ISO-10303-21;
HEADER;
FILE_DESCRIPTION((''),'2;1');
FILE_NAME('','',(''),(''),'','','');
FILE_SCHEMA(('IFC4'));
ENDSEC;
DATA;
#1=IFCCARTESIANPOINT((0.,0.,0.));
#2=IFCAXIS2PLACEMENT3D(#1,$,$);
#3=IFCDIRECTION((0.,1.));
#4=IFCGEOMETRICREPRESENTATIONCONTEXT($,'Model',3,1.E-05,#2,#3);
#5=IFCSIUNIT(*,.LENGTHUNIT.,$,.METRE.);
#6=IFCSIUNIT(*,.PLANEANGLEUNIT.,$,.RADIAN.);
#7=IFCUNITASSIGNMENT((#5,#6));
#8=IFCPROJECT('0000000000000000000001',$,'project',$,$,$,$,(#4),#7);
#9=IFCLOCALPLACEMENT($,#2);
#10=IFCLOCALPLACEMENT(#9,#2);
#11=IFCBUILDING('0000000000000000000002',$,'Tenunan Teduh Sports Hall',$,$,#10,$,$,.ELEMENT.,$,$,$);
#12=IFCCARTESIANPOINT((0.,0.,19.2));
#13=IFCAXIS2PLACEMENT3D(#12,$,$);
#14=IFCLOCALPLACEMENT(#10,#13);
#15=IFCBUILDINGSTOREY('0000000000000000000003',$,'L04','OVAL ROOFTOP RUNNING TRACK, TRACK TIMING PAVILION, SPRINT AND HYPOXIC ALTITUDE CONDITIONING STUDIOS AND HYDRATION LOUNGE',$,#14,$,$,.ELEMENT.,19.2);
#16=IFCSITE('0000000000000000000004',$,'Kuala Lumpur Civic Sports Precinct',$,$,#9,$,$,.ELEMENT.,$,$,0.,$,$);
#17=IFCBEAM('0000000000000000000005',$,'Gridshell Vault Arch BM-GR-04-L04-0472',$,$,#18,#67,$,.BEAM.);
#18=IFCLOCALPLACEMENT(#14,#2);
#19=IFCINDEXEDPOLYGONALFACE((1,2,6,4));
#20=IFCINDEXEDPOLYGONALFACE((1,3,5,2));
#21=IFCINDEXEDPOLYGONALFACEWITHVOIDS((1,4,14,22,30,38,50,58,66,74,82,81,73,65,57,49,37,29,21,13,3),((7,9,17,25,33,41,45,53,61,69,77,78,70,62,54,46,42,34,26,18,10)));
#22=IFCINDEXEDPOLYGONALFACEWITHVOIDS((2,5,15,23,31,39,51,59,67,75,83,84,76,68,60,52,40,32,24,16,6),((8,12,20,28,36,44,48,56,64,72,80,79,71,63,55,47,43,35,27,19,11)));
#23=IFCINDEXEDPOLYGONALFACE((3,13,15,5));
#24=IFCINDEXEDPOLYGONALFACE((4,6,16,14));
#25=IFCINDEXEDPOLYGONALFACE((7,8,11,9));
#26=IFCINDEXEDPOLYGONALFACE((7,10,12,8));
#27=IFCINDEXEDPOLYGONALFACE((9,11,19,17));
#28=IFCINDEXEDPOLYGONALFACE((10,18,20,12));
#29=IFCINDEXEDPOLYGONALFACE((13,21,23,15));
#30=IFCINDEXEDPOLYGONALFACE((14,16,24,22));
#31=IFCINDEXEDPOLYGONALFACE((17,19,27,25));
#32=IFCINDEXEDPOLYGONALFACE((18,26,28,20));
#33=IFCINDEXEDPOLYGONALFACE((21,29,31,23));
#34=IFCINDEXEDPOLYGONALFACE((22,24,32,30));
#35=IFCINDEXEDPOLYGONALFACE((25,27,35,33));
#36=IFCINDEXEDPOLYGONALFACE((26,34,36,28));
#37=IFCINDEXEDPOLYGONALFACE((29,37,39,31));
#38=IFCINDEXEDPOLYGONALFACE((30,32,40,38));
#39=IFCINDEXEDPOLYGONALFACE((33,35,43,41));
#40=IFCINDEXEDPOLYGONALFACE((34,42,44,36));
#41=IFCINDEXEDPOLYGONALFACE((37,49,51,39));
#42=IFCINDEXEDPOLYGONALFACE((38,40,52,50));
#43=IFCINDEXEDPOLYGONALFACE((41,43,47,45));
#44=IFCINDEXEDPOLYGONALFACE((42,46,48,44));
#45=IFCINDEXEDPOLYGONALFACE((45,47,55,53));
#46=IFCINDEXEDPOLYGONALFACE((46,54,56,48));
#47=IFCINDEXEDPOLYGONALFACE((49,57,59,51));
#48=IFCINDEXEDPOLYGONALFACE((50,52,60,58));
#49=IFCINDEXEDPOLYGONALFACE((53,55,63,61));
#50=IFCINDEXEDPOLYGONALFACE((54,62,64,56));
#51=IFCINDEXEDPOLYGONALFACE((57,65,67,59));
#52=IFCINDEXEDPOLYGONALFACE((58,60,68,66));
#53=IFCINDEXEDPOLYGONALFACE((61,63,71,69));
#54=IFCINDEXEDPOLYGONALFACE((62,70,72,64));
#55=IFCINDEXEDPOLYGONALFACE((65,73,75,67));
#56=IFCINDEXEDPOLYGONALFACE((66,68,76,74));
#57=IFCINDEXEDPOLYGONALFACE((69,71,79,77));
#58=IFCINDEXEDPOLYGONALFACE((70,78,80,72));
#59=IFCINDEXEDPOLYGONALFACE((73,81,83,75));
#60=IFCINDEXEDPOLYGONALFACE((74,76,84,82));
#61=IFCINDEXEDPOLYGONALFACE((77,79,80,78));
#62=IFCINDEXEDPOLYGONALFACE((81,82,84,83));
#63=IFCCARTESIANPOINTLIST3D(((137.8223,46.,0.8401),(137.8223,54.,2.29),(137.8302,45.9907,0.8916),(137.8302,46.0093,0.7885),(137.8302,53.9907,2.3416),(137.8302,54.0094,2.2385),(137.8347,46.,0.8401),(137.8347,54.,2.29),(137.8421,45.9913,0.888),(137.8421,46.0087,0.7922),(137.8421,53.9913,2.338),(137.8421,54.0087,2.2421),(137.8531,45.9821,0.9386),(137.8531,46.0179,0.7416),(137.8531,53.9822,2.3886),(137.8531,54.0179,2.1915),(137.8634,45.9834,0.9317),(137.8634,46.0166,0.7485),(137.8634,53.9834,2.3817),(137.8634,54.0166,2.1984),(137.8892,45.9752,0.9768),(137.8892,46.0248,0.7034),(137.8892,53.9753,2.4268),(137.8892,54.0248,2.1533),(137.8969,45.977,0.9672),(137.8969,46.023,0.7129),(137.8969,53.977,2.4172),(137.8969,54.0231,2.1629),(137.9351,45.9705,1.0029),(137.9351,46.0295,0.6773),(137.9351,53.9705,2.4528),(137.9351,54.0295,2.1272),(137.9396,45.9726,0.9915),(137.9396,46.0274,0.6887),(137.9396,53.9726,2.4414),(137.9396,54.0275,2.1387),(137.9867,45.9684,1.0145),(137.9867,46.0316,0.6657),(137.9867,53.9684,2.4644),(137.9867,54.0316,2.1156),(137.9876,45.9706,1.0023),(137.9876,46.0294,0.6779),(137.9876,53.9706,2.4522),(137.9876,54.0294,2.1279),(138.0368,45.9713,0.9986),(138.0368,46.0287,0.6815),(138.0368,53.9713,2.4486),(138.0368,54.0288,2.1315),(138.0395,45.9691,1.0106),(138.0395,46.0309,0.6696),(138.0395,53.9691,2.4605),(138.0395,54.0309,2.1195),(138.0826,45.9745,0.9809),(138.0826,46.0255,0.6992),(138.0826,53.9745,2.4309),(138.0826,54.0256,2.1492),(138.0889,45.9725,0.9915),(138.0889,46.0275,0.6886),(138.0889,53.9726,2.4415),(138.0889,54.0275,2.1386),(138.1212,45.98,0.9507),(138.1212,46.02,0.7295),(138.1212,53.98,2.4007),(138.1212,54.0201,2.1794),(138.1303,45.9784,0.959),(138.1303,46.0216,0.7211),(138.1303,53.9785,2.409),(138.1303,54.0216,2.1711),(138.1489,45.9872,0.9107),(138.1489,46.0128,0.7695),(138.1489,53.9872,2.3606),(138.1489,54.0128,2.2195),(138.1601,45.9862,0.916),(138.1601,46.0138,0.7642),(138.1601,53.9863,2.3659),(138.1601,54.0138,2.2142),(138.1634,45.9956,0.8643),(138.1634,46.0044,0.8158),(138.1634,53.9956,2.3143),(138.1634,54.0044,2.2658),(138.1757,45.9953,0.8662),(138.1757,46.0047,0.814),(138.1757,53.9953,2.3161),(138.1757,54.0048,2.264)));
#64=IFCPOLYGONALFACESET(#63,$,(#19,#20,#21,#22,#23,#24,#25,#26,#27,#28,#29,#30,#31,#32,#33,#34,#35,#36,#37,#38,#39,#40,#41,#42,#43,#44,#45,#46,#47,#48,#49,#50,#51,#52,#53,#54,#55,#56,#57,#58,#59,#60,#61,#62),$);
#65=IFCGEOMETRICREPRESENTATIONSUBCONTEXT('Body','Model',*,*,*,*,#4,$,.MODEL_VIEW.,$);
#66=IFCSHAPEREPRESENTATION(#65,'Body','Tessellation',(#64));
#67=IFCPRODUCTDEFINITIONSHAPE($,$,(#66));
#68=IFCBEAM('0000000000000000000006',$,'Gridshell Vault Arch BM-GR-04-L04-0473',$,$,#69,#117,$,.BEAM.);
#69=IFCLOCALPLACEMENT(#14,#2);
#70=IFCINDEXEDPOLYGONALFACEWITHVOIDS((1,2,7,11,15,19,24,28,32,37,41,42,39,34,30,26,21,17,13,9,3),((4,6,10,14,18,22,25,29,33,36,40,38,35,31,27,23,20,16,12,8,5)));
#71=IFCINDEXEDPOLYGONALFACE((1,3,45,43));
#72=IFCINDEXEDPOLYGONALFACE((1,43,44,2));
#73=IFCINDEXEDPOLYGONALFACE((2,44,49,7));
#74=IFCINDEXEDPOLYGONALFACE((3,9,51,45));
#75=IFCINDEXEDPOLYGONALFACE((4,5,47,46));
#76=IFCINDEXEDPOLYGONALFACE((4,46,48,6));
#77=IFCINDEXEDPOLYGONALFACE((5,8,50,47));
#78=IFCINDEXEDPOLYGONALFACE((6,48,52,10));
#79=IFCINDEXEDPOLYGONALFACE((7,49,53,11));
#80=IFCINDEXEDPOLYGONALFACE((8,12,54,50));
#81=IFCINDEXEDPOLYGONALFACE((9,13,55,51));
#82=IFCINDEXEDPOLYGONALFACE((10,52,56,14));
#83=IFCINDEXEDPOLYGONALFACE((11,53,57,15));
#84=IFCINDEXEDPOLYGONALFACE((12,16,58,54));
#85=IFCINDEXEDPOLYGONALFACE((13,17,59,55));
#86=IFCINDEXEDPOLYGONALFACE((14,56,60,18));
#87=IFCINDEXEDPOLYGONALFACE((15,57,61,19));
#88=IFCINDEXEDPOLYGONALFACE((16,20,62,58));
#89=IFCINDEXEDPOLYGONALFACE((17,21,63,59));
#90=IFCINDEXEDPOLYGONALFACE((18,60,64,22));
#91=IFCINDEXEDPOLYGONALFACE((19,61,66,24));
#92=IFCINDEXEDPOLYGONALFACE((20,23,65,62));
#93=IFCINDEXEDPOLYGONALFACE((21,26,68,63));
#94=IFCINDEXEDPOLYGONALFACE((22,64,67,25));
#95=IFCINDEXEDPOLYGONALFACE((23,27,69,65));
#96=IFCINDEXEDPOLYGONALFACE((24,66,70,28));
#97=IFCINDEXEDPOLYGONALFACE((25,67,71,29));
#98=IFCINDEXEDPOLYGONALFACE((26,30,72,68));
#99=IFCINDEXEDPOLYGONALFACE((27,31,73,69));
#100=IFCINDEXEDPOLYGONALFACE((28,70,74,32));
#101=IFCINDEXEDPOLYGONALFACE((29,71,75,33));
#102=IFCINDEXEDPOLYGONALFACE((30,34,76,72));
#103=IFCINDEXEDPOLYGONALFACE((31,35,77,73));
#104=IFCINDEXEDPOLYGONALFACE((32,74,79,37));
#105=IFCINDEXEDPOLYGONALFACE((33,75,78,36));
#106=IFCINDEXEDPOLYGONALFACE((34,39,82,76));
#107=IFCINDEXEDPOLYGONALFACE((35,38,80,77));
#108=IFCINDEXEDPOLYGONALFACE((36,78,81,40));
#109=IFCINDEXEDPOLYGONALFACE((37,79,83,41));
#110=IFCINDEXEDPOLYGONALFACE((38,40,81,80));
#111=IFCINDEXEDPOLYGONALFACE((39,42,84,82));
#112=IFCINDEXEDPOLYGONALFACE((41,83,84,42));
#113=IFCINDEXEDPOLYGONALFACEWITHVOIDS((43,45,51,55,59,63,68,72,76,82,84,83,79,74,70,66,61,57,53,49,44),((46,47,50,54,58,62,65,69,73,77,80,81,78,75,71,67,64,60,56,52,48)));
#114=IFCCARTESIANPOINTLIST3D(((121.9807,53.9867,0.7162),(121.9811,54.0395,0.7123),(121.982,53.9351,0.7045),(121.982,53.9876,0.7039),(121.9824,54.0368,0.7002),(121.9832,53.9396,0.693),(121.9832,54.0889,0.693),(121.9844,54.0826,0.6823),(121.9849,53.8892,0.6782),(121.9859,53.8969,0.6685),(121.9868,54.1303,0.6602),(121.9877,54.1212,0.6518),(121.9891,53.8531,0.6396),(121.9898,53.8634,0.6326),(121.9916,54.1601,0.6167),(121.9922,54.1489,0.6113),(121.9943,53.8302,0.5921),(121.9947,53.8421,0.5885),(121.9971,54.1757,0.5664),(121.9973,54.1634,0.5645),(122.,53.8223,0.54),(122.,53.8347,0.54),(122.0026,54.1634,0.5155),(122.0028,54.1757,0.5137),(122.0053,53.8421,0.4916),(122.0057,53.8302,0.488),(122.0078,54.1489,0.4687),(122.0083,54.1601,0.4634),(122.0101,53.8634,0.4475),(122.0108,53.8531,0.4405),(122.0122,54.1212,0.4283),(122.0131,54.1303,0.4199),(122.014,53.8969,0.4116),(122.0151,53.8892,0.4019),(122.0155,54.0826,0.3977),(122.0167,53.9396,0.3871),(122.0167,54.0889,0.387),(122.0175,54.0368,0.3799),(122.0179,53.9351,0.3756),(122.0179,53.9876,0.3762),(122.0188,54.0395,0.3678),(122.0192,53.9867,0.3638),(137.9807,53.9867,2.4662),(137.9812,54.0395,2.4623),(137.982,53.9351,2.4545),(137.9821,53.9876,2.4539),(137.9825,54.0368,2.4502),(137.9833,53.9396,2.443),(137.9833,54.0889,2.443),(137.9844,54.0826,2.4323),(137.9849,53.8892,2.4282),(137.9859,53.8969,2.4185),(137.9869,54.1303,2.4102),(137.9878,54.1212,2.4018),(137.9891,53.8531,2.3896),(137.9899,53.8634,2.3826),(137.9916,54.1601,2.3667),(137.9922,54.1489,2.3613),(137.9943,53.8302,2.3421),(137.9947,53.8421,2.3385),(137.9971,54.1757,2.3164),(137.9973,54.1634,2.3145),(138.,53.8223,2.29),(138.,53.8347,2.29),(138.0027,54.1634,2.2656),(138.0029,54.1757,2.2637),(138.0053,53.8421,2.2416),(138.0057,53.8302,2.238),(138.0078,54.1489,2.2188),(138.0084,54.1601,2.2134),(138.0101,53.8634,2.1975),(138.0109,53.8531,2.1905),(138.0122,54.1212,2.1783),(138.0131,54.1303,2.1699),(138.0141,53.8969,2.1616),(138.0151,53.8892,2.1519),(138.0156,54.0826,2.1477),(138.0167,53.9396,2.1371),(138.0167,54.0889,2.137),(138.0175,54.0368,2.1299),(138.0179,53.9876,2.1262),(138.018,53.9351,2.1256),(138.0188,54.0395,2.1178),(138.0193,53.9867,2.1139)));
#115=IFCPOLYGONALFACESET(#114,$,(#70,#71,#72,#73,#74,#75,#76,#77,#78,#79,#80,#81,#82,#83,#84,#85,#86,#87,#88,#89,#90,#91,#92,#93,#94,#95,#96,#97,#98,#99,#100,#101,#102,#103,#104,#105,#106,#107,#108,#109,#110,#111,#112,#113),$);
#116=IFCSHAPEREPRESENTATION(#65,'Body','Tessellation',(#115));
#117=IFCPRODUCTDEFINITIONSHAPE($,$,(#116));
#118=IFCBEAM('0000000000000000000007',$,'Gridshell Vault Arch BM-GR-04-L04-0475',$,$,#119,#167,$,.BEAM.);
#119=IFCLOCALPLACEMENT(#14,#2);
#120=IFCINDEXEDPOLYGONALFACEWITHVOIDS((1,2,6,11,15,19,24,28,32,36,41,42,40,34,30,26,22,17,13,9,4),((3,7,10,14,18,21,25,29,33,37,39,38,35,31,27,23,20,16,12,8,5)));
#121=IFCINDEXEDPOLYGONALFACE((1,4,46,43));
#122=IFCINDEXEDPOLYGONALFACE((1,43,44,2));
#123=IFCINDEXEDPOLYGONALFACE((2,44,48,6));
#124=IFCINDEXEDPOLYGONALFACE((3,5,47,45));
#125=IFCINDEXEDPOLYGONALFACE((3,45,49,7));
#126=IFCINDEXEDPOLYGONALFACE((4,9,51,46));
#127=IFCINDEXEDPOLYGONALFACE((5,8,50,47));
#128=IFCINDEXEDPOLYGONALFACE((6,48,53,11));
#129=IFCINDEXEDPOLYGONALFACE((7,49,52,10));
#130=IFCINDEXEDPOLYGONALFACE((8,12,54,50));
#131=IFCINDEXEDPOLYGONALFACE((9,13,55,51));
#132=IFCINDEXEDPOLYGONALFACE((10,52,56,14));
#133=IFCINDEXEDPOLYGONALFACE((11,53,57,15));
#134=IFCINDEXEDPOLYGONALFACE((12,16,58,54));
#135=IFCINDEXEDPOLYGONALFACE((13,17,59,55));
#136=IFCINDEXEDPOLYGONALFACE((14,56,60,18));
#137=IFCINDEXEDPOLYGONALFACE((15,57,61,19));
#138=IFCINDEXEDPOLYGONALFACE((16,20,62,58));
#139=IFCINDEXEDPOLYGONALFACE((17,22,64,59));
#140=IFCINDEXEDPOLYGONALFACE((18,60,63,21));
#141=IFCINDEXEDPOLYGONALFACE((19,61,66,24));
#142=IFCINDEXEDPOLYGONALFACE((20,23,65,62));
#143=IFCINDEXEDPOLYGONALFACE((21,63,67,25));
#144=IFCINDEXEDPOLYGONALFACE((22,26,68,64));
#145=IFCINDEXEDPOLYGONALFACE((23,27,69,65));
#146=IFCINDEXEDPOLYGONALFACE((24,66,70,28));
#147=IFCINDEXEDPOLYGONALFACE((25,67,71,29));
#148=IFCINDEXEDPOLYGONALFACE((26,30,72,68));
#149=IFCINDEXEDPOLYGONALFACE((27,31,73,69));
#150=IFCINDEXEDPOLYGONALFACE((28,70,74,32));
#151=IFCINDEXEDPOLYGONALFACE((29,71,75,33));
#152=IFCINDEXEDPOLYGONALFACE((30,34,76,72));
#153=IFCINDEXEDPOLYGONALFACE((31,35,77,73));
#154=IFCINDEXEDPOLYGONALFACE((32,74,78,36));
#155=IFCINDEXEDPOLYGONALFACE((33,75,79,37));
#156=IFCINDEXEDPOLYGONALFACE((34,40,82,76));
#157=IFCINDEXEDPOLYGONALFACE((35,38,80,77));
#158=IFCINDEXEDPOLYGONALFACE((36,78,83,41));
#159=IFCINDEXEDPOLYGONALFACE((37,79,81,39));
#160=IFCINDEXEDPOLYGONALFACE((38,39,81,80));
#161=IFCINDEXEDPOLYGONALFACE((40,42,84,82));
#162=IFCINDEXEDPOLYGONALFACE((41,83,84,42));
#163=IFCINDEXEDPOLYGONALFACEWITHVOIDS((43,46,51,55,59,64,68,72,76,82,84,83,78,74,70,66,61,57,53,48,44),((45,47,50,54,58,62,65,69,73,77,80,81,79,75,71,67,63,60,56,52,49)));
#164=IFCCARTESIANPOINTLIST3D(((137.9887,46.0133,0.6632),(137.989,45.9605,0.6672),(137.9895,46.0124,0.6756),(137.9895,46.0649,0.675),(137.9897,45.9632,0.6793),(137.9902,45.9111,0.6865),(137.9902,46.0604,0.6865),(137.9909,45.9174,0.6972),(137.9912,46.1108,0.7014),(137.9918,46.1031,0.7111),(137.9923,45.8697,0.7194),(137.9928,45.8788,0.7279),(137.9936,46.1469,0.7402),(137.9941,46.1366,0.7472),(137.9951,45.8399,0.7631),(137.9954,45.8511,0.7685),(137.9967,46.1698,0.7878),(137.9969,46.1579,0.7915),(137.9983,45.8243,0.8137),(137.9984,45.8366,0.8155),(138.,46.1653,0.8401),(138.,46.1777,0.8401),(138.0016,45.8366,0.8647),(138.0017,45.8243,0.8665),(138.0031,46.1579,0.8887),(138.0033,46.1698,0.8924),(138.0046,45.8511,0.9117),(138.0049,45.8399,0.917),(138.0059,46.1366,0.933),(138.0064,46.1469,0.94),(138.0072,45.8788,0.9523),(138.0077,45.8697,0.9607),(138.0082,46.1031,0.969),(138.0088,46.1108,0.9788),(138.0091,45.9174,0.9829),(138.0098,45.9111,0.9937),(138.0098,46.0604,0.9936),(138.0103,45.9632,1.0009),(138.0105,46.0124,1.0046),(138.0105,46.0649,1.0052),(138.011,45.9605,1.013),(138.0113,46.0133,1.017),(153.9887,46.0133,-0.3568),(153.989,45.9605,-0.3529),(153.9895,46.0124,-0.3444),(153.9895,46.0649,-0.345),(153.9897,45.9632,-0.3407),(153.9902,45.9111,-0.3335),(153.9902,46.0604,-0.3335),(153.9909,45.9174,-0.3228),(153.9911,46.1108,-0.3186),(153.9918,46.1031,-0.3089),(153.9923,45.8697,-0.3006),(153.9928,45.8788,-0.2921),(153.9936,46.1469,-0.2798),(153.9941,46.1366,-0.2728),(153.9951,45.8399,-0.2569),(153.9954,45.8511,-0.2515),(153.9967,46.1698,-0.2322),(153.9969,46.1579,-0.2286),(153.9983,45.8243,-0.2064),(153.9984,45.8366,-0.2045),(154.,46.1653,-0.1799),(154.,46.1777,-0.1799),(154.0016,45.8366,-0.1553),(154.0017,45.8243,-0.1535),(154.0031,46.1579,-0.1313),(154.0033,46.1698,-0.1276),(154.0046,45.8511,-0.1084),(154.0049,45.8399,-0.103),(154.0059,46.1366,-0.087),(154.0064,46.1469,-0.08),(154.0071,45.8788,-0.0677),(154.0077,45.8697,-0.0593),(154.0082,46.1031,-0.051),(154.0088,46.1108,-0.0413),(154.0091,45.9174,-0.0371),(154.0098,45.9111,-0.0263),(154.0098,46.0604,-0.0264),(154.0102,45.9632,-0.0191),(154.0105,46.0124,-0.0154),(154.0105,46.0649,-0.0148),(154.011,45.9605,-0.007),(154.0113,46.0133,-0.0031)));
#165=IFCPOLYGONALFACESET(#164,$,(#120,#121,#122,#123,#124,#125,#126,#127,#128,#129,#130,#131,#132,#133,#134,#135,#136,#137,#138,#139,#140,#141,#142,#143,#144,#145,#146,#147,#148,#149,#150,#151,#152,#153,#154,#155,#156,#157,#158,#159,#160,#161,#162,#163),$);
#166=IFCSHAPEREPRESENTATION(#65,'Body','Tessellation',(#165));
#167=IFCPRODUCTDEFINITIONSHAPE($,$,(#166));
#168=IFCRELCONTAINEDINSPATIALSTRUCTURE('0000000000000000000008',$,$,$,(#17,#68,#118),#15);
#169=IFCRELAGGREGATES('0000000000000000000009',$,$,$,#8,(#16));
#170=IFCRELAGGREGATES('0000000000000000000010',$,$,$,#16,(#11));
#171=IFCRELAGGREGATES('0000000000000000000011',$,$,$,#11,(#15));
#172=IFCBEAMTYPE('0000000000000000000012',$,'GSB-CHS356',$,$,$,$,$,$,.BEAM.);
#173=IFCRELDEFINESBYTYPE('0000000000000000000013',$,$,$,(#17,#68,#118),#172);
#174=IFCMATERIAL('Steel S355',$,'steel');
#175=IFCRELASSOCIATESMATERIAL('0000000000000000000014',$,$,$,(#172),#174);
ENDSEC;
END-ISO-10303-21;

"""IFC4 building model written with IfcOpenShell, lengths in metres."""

from ifc_helpers import new_model, si_unit, direction, frame, origin, origin_2d, place, context, subcontext, project, spatial, hollow_circle, extrude, material, material_profile, profile_set, type_object, element, save


model = new_model("IFC4")

# Units and contexts
model_context = context("Model", 3, precision=1e-05, world=origin(), true_north=direction((0.0, 1.0)))
body_context = subcontext(model_context, "Body", "Model", "MODEL_VIEW")
ifc_project = project(units=[si_unit("LENGTHUNIT", "METRE"), si_unit("PLANEANGLEUNIT", "RADIAN")], contexts=[model_context])

# Site, building, storey
site_placement = place(None, origin())
site = spatial("IfcSite", under=ifc_project, at=site_placement, Name="Kuala Lumpur Civic Sports Precinct", CompositionType="ELEMENT", RefElevation=0.0)
building_placement = place(site_placement, origin())
building = spatial("IfcBuilding", under=site, at=building_placement, Name="Tenunan Teduh Sports Hall", CompositionType="ELEMENT")
storey_placement = place(building_placement, frame((0.0, 0.0, 19.2)))
storey = spatial("IfcBuildingStorey", under=building, at=storey_placement, Name="L04", Description="OVAL ROOFTOP RUNNING TRACK, TRACK TIMING PAVILION, SPRINT AND HYPOXIC ALTITUDE CONDITIONING STUDIOS AND HYDRATION LOUNGE", CompositionType="ELEMENT", Elevation=19.2)

# Beams
ifc_material_1 = material(Name="Steel S355", Category="steel")
ifc_material_profile_1 = material_profile(ifc_material_1, hollow_circle(Radius=0.1777, WallThickness=0.0125, at=origin_2d()), Name="CHS 355.6x12.5")
ifc_profile_set_1 = profile_set([ifc_material_profile_1], Name="Steel S355")
beam_type_1 = type_object("IfcBeamType", Name="GSB-CHS356", PredefinedType="BEAM", material=ifc_profile_set_1)
beam_1_placement = place(storey_placement, frame((138.0, 46.0, 0.8401), z_axis=(0.0, 0.983969, 0.178338), x_axis=(-1.0, 0.0, 0.0)))
element("IfcBeam", 1, at=beam_1_placement, inside=storey, type_object=beam_type_1, Name="Gridshell Vault Arch BM-GR-04-L04-0472", PredefinedType="BEAM", context=body_context, shape_type="SweptSolid", body=[
    extrude(hollow_circle(Radius=0.1777, WallThickness=0.0125, at=origin_2d()), origin(), (0.0, 0.0, 1.0), 8.1304),
])
beam_2_placement = place(storey_placement, frame((138.0, 54.0, 2.29), z_axis=(-0.994072, 0.0, -0.108727), x_axis=(0.0, -1.0, 0.0)))
element("IfcBeam", 2, at=beam_2_placement, inside=storey, type_object=beam_type_1, Name="Gridshell Vault Arch BM-GR-04-L04-0473", PredefinedType="BEAM", context=body_context, shape_type="SweptSolid", body=[
    extrude(hollow_circle(Radius=0.1777, WallThickness=0.0125, at=origin_2d()), origin(), (0.0, 0.0, 1.0), 16.0955),
])
beam_3_placement = place(storey_placement, frame((138.0, 46.0, 0.8401), z_axis=(0.997974, 0.0, -0.063622), x_axis=(0.0, 1.0, 0.0)))
element("IfcBeam", 3, at=beam_3_placement, inside=storey, type_object=beam_type_1, Name="Gridshell Vault Arch BM-GR-04-L04-0475", PredefinedType="BEAM", context=body_context, shape_type="SweptSolid", body=[
    extrude(hollow_circle(Radius=0.1777, WallThickness=0.0125, at=origin_2d()), origin(), (0.0, 0.0, 1.0), 16.0325),
])

save(model, "model.ifc")
